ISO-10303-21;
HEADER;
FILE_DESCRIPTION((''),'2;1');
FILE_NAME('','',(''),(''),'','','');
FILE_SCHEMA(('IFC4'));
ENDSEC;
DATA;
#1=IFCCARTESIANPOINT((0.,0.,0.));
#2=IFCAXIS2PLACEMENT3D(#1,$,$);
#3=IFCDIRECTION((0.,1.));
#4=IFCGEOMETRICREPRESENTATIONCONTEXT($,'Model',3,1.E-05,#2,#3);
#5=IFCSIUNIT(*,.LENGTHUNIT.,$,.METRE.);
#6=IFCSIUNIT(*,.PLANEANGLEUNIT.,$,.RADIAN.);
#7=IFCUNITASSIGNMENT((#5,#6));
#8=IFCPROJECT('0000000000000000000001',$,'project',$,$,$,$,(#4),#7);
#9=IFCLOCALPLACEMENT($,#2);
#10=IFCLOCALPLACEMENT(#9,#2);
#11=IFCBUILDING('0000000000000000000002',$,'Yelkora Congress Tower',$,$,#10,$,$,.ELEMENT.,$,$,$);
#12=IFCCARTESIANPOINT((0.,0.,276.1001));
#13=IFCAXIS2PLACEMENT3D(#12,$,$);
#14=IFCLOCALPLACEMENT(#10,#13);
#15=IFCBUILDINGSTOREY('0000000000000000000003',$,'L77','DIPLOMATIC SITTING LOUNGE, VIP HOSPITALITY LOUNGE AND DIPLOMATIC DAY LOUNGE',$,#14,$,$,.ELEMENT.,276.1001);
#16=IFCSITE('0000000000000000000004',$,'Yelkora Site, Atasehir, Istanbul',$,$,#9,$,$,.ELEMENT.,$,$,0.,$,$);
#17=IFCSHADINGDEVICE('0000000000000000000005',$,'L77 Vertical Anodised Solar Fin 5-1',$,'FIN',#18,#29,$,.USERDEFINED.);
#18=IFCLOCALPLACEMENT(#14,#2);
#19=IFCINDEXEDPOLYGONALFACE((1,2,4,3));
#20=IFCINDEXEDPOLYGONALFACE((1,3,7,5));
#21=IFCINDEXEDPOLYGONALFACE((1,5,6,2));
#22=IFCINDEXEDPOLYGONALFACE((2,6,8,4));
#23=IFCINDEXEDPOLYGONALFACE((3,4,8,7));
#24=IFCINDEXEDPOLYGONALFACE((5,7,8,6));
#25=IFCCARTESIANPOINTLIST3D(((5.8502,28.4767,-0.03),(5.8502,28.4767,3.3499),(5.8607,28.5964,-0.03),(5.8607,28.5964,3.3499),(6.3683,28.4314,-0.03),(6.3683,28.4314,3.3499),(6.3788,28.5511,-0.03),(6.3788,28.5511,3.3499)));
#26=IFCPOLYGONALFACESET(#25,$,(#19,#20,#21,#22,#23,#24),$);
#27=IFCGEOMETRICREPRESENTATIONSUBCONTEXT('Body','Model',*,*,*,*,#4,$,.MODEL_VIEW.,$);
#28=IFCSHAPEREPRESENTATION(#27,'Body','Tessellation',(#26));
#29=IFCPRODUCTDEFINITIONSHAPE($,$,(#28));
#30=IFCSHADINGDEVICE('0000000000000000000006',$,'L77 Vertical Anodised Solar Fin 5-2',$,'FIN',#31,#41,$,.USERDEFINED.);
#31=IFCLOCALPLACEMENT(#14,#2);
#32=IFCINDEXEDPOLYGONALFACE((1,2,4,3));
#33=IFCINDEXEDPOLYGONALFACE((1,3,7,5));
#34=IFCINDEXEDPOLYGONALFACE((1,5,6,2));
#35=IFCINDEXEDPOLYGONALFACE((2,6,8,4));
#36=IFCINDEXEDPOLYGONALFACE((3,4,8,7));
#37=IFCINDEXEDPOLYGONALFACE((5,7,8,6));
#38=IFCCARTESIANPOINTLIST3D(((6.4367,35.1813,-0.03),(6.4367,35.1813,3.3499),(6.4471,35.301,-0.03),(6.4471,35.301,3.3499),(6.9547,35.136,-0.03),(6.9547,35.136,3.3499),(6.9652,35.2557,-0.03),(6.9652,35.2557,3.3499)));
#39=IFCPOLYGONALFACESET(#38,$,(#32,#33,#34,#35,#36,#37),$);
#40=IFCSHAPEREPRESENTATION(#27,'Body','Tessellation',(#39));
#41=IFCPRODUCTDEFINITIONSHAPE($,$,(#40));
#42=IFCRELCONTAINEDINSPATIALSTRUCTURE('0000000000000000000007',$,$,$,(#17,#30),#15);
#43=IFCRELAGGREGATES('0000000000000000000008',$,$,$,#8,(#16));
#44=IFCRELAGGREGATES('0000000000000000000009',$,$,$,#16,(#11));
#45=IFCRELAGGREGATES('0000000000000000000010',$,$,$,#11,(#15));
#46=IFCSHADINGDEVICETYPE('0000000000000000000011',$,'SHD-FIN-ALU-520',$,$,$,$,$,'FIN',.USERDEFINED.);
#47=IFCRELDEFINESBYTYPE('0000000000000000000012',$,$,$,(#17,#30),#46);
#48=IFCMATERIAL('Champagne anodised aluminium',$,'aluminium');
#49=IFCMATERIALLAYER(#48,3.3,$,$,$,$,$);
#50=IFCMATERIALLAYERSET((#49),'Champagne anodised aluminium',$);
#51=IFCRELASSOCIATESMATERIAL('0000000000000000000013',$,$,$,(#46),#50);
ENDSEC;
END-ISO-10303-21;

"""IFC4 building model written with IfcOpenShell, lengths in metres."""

from ifc_helpers import new_model, si_unit, direction, frame, origin, origin_2d, place, context, subcontext, project, spatial, rectangle, extrude, material, layer, layer_set, type_object, element, save


model = new_model("IFC4")

# Units and contexts
model_context = context("Model", 3, precision=1e-05, world=origin(), true_north=direction((0.0, 1.0)))
body_context = subcontext(model_context, "Body", "Model", "MODEL_VIEW")
ifc_project = project(units=[si_unit("LENGTHUNIT", "METRE"), si_unit("PLANEANGLEUNIT", "RADIAN")], contexts=[model_context])

# Site, building, storey
site_placement = place(None, origin())
site = spatial("IfcSite", under=ifc_project, at=site_placement, Name="Yelkora Site, Atasehir, Istanbul", CompositionType="ELEMENT", RefElevation=0.0)
building_placement = place(site_placement, origin())
building = spatial("IfcBuilding", under=site, at=building_placement, Name="Yelkora Congress Tower", CompositionType="ELEMENT")
storey_placement = place(building_placement, frame((0.0, 0.0, 276.1001)))
storey = spatial("IfcBuildingStorey", under=building, at=storey_placement, Name="L77", Description="DIPLOMATIC SITTING LOUNGE, VIP HOSPITALITY LOUNGE AND DIPLOMATIC DAY LOUNGE", CompositionType="ELEMENT", Elevation=276.1001)

# Shading devices
ifc_material_1 = material(Name="Champagne anodised aluminium", Category="aluminium")
ifc_layer_1 = layer(ifc_material_1, 3.3)
ifc_layer_set_1 = layer_set([ifc_layer_1], Name="Champagne anodised aluminium")
shading_device_type = type_object("IfcShadingDeviceType", Name="SHD-FIN-ALU-520", ElementType="FIN", PredefinedType="USERDEFINED", material=ifc_layer_set_1)
for number, where, z_axis, x_axis, name in (
    (1, (6.1145, 28.5139, -0.03), (0.0, 0.0, 1.0), (0.087156, 0.996195, 0.0), "L77 Vertical Anodised Solar Fin 5-1"),
    (2, (6.7009, 35.2185, -0.03), (0.0, 0.0, 1.0), (0.087156, 0.996195, 0.0), "L77 Vertical Anodised Solar Fin 5-2"),
):
    element("IfcShadingDevice", number, at=place(storey_placement, frame(where, z_axis=z_axis, x_axis=x_axis)), inside=storey, type_object=shading_device_type, Name=name, ObjectType="FIN", PredefinedType="USERDEFINED", context=body_context, shape_type="SweptSolid", body=[
        extrude(rectangle(XDim=0.1201, YDim=0.52, at=origin_2d()), origin(), (0.0, 0.0, 1.0), 3.3799),
    ])

save(model, "model.ifc")
